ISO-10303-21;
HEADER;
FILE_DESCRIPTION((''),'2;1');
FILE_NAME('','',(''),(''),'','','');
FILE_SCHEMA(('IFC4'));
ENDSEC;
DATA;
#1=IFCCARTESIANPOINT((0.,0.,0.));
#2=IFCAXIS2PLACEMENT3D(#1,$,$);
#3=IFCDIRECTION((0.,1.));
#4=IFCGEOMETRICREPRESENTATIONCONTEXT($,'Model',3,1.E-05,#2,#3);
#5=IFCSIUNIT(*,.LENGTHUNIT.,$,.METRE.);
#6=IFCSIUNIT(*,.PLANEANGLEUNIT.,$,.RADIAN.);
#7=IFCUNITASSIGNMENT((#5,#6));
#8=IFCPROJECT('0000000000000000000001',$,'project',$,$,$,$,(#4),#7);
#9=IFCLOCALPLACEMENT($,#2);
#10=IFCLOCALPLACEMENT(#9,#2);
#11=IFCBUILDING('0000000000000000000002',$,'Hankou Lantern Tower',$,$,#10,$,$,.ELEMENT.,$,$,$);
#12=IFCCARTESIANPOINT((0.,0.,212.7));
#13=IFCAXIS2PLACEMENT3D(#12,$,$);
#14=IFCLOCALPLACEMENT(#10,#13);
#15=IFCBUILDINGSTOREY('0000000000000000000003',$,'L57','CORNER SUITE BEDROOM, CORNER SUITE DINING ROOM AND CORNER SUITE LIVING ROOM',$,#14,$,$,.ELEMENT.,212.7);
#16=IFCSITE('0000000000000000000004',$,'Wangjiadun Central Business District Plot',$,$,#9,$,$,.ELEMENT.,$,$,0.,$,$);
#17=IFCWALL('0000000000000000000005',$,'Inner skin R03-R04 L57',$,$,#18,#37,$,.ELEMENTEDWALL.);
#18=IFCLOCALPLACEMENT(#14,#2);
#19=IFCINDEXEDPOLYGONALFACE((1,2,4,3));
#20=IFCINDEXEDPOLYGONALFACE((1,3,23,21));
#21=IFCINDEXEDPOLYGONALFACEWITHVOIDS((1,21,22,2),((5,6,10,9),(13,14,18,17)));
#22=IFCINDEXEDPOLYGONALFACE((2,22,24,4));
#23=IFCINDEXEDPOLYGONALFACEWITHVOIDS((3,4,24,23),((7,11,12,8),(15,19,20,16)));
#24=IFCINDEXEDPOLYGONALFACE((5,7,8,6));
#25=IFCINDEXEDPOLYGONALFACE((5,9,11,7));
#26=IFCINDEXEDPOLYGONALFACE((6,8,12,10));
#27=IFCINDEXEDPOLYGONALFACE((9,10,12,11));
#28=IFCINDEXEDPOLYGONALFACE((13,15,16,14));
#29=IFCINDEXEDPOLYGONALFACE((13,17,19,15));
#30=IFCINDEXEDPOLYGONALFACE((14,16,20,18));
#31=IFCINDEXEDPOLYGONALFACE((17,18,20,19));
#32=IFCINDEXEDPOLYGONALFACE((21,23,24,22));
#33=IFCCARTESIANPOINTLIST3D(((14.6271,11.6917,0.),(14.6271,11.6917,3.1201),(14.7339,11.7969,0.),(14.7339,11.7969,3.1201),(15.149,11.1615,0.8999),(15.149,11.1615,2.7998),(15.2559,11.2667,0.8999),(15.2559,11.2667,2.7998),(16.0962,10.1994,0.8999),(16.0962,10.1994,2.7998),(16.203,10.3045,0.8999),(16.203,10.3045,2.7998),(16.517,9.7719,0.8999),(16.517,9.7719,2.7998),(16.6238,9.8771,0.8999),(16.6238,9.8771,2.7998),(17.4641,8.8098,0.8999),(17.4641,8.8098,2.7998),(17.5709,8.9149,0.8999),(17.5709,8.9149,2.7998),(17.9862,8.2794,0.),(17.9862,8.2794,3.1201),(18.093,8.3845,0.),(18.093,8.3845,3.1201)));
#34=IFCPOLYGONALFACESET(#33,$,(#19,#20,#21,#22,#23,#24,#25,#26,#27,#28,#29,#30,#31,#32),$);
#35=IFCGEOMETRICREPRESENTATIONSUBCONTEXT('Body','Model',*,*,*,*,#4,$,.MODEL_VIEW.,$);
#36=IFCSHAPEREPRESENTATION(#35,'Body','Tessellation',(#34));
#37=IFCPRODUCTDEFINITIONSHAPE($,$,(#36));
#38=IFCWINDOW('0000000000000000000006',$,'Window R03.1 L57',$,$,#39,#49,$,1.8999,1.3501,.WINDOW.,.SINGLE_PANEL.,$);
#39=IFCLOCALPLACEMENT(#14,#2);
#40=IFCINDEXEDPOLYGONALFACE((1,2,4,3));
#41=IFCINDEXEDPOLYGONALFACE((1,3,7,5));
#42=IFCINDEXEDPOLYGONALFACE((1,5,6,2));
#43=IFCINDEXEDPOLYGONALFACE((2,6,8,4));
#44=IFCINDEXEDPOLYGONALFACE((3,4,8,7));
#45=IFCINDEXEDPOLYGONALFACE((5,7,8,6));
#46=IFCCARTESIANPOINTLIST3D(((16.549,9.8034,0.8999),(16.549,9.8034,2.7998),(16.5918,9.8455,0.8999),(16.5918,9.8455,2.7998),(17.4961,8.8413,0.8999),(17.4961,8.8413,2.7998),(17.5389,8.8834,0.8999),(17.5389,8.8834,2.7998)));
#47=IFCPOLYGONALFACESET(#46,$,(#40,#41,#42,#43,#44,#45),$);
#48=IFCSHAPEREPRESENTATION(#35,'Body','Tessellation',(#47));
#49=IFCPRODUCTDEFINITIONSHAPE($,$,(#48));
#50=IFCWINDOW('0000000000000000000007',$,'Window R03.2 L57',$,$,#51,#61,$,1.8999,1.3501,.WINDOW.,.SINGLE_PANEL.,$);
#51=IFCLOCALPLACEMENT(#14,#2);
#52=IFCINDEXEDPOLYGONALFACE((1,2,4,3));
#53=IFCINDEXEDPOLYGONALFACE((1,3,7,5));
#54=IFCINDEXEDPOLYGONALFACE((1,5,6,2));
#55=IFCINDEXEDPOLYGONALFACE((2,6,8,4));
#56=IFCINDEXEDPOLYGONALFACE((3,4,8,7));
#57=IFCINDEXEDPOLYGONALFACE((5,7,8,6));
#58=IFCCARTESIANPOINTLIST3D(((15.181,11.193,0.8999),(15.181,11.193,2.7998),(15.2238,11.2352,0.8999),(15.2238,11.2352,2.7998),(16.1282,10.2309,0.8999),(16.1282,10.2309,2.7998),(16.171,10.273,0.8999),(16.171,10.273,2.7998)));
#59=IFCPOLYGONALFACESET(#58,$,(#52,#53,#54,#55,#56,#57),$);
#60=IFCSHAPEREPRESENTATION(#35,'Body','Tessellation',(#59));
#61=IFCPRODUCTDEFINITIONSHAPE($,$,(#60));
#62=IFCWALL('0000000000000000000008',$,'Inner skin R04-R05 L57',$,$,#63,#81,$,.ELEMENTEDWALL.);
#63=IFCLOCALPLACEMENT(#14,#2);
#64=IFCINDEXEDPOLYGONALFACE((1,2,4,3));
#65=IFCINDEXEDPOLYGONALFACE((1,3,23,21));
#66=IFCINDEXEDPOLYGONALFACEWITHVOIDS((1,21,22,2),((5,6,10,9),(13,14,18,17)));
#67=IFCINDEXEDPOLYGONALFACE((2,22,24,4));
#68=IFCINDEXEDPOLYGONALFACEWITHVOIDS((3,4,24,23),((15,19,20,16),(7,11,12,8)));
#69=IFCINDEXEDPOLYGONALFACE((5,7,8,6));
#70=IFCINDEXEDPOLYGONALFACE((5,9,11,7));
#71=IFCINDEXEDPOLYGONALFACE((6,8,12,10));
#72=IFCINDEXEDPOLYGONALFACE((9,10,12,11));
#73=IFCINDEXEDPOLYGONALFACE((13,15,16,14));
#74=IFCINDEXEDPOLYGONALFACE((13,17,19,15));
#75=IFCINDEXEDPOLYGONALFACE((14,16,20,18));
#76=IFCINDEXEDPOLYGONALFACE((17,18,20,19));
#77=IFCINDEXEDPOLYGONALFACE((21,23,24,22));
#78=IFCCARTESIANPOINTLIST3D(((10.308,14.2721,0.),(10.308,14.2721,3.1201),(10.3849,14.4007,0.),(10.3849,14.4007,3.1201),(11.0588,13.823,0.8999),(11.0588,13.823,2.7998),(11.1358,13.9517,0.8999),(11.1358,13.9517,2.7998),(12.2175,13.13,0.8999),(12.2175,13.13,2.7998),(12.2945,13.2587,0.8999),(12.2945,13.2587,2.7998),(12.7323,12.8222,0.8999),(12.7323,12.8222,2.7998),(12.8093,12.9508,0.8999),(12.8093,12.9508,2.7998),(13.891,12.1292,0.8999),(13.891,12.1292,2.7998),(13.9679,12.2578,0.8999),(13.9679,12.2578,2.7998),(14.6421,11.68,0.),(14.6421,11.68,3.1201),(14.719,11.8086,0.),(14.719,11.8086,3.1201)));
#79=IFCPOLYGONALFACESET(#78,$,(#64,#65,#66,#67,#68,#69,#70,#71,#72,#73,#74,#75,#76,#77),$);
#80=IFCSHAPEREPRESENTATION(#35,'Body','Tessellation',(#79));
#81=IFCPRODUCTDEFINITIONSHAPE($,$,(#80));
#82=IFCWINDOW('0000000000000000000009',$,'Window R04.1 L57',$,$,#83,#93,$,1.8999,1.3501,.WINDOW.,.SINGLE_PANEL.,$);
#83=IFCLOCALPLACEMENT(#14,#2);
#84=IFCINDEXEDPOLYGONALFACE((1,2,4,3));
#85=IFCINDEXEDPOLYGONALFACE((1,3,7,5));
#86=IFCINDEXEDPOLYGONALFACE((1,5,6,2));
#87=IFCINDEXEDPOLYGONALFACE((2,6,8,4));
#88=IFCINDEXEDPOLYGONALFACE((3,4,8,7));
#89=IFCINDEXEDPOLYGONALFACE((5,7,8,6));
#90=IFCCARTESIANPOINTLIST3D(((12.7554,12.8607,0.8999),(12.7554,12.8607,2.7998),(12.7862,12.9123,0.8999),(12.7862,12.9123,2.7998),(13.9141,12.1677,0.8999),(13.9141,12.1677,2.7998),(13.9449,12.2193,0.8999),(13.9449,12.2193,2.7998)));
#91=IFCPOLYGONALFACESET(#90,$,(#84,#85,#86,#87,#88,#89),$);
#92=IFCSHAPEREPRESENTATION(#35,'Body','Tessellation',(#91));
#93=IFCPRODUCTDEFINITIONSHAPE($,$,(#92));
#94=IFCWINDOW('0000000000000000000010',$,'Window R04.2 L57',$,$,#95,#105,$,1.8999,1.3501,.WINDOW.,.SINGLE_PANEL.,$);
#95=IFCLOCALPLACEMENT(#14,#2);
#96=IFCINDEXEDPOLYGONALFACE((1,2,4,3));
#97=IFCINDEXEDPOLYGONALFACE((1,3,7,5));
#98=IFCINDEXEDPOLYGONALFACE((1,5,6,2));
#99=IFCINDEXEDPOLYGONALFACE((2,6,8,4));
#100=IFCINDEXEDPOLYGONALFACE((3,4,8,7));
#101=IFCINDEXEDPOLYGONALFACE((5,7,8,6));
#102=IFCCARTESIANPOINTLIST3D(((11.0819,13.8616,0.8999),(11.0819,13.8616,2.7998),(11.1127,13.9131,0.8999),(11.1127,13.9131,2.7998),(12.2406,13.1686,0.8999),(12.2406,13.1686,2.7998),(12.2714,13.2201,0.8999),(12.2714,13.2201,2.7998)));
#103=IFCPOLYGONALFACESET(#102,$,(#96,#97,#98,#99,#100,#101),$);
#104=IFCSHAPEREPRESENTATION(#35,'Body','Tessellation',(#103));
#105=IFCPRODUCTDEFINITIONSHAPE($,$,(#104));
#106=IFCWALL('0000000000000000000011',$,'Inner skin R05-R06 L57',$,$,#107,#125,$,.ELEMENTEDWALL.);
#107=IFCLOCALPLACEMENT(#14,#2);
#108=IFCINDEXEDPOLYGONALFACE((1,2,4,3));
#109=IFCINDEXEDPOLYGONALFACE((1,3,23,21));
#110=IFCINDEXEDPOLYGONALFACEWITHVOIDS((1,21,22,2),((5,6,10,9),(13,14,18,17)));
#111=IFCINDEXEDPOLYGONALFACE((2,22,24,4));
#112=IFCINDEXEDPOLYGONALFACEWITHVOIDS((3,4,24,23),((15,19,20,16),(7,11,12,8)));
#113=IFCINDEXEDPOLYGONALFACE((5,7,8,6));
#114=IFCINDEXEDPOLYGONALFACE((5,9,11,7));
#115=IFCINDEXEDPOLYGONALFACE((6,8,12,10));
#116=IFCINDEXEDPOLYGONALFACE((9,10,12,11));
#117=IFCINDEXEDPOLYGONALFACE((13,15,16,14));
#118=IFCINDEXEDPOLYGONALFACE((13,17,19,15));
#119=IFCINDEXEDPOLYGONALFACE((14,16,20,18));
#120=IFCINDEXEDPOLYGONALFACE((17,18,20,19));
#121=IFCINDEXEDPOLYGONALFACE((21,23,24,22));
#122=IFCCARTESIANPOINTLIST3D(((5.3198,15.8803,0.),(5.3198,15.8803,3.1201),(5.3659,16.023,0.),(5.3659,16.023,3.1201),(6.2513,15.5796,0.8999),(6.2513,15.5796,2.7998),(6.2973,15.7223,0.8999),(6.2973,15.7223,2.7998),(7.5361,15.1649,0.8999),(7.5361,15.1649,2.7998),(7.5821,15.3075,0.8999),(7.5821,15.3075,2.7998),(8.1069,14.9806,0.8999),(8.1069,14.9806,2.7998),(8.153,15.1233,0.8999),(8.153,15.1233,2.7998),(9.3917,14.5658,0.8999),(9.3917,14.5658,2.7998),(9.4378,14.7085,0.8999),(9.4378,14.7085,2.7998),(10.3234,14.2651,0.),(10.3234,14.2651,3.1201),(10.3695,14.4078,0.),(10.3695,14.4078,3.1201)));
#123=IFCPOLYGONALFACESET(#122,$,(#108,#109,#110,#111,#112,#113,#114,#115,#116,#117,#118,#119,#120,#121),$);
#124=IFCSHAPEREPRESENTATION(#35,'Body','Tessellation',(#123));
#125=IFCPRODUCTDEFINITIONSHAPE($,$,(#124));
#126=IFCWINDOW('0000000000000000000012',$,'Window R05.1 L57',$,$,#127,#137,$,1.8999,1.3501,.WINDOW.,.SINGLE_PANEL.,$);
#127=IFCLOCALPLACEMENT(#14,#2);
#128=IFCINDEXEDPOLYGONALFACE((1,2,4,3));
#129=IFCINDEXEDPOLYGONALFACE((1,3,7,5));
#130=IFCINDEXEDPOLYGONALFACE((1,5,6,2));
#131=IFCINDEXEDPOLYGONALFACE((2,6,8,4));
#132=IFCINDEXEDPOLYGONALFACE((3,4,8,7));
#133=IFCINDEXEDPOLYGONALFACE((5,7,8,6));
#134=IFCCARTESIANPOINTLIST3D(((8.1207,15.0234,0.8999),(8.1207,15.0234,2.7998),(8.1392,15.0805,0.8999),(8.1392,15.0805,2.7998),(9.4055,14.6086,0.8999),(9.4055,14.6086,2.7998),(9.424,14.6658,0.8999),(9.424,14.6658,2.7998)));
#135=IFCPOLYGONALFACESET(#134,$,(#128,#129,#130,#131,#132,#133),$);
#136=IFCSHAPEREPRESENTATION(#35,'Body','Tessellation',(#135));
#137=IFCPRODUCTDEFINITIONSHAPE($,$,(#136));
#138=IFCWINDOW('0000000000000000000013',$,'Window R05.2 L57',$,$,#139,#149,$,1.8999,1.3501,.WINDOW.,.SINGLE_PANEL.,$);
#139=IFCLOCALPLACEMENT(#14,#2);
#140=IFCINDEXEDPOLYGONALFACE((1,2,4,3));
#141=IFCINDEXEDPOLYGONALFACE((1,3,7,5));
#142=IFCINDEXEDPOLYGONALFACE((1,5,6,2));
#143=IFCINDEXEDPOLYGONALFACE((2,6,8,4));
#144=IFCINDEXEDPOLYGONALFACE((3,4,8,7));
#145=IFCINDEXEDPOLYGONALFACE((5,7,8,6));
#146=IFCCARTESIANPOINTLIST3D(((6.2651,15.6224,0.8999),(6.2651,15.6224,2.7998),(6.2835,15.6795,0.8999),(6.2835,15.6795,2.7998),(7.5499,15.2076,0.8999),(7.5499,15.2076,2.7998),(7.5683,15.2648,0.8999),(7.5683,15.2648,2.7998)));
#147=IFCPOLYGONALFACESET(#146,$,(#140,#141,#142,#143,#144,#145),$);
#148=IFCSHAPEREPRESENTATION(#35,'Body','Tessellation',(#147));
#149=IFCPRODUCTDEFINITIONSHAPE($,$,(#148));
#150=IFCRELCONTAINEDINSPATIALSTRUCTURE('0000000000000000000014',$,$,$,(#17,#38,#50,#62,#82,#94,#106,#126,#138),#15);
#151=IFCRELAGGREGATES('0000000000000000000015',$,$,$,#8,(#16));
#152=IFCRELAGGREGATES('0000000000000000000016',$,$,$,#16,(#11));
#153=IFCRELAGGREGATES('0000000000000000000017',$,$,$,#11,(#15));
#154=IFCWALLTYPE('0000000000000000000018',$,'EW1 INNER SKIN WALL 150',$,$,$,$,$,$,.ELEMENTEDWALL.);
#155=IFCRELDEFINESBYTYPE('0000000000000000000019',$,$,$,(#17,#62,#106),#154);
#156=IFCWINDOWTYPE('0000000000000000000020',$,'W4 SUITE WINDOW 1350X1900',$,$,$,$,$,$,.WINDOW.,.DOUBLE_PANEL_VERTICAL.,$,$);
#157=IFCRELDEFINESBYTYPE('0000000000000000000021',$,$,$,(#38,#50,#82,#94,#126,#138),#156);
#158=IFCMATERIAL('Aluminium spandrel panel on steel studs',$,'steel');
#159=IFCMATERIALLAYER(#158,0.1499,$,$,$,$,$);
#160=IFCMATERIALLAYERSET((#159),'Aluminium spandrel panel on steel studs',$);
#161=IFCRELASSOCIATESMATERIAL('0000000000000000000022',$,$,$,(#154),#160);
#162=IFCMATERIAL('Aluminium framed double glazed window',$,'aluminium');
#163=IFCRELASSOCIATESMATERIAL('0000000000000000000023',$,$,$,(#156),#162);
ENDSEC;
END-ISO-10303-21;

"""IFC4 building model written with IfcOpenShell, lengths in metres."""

from ifc_helpers import new_model, si_unit, direction, frame, frame_2d, origin, place, context, subcontext, project, spatial, rectangle, extrude, material, layer, layer_set, type_object, element, fill, save


model = new_model("IFC4")

# Units and contexts
model_context = context("Model", 3, precision=1e-05, world=origin(), true_north=direction((0.0, 1.0)))
body_context = subcontext(model_context, "Body", "Model", "MODEL_VIEW")
ifc_project = project(units=[si_unit("LENGTHUNIT", "METRE"), si_unit("PLANEANGLEUNIT", "RADIAN")], contexts=[model_context])

# Site, building, storey
site_placement = place(None, origin())
site = spatial("IfcSite", under=ifc_project, at=site_placement, Name="Wangjiadun Central Business District Plot", CompositionType="ELEMENT", RefElevation=0.0)
building_placement = place(site_placement, origin())
building = spatial("IfcBuilding", under=site, at=building_placement, Name="Hankou Lantern Tower", CompositionType="ELEMENT")
storey_placement = place(building_placement, frame((0.0, 0.0, 212.7)))
storey = spatial("IfcBuildingStorey", under=building, at=storey_placement, Name="L57", Description="CORNER SUITE BEDROOM, CORNER SUITE DINING ROOM AND CORNER SUITE LIVING ROOM", CompositionType="ELEMENT", Elevation=212.7)

# Walls, openings, windows
ifc_material_1 = material(Name="Aluminium spandrel panel on steel studs", Category="steel")
ifc_layer_1 = layer(ifc_material_1, 0.1499)
ifc_layer_set_1 = layer_set([ifc_layer_1], Name="Aluminium spandrel panel on steel studs")
wall_type_1 = type_object("IfcWallType", Name="EW1 INNER SKIN WALL 150", PredefinedType="ELEMENTEDWALL", material=ifc_layer_set_1)
wall_1_placement = place(storey_placement, frame((18.0396, 8.332, 0.0), z_axis=(0.0, 0.0, 1.0), x_axis=(-0.701527, 0.712643, 0.0)))
wall_1 = element("IfcWall", 1, at=wall_1_placement, inside=storey, type_object=wall_type_1, Name="Inner skin R03-R04 L57", PredefinedType="ELEMENTEDWALL", context=body_context, shape_type="SweptSolid", body=[
    extrude(rectangle(XDim=4.7883, YDim=0.1499, at=frame_2d((2.394, 0.0))), origin(), (0.0, 0.0, 1.0), 3.1201),
])
opening_1_placement = place(wall_1_placement, frame((0.7441, 0.0, 0.8999)))
opening_1 = element("IfcOpeningElement", 2, at=opening_1_placement, cuts=wall_1, PredefinedType="OPENING", context=body_context, shape_type="SweptSolid", body=[
    extrude(rectangle(XDim=1.3501, YDim=1.8999, at=frame_2d((0.675, 0.95))), frame((0.0, 0.085, 0.0), z_axis=(0.0, -1.0, 0.0), x_axis=(1.0, 0.0, 0.0)), (0.0, 0.0, 1.0), 0.1699),
])
opening_2_placement = place(wall_1_placement, frame((2.6941, 0.0, 0.8999)))
opening_2 = element("IfcOpeningElement", 3, at=opening_2_placement, cuts=wall_1, PredefinedType="OPENING", context=body_context, shape_type="SweptSolid", body=[
    extrude(rectangle(XDim=1.3501, YDim=1.8999, at=frame_2d((0.675, 0.95))), frame((0.0, 0.085, 0.0), z_axis=(0.0, -1.0, 0.0), x_axis=(1.0, 0.0, 0.0)), (0.0, 0.0, 1.0), 0.1699),
])
ifc_material_2 = material(Name="Aluminium framed double glazed window", Category="aluminium")
window_type = type_object("IfcWindowType", Name="W4 SUITE WINDOW 1350X1900", PartitioningType="DOUBLE_PANEL_VERTICAL", PredefinedType="WINDOW", material=ifc_material_2)
window_1_placement = place(opening_1_placement, origin())
window_1 = element("IfcWindow", 4, at=window_1_placement, inside=storey, type_object=window_type, Name="Window R03.1 L57", OverallHeight=1.8999, OverallWidth=1.3501, PartitioningType="SINGLE_PANEL", PredefinedType="WINDOW", context=body_context, shape_type="SweptSolid", body=[
    extrude(rectangle(XDim=1.3501, YDim=1.8999, at=frame_2d((0.675, 0.95))), frame((0.0, 0.03, 0.0), z_axis=(0.0, -1.0, 0.0), x_axis=(1.0, 0.0, 0.0)), (0.0, 0.0, 1.0), 0.0601),
])
fill(opening_1, window_1)
window_2_placement = place(opening_2_placement, origin())
window_2 = element("IfcWindow", 5, at=window_2_placement, inside=storey, type_object=window_type, Name="Window R03.2 L57", OverallHeight=1.8999, OverallWidth=1.3501, PartitioningType="SINGLE_PANEL", PredefinedType="WINDOW", context=body_context, shape_type="SweptSolid", body=[
    extrude(rectangle(XDim=1.3501, YDim=1.8999, at=frame_2d((0.675, 0.95))), frame((0.0, 0.03, 0.0), z_axis=(0.0, -1.0, 0.0), x_axis=(1.0, 0.0, 0.0)), (0.0, 0.0, 1.0), 0.0601),
])
fill(opening_2, window_2)
wall_2_placement = place(storey_placement, frame((14.6804, 11.7444, 0.0), z_axis=(0.0, 0.0, 1.0), x_axis=(-0.858222, 0.51328, 0.0)))
wall_2 = element("IfcWall", 6, at=wall_2_placement, inside=storey, type_object=wall_type_1, Name="Inner skin R04-R05 L57", PredefinedType="ELEMENTEDWALL", context=body_context, shape_type="SweptSolid", body=[
    extrude(rectangle(XDim=5.05, YDim=0.1499, at=frame_2d((2.5249, 0.0))), origin(), (0.0, 0.0, 1.0), 3.1201),
])
opening_3_placement = place(wall_2_placement, frame((0.875, 0.0, 0.8999)))
opening_3 = element("IfcOpeningElement", 7, at=opening_3_placement, cuts=wall_2, PredefinedType="OPENING", context=body_context, shape_type="SweptSolid", body=[
    extrude(rectangle(XDim=1.3501, YDim=1.8999, at=frame_2d((0.675, 0.95))), frame((0.0, 0.085, 0.0), z_axis=(0.0, -1.0, 0.0), x_axis=(1.0, 0.0, 0.0)), (0.0, 0.0, 1.0), 0.1699),
])
opening_4_placement = place(wall_2_placement, frame((2.825, 0.0, 0.8999)))
opening_4 = element("IfcOpeningElement", 8, at=opening_4_placement, cuts=wall_2, PredefinedType="OPENING", context=body_context, shape_type="SweptSolid", body=[
    extrude(rectangle(XDim=1.3501, YDim=1.8999, at=frame_2d((0.675, 0.95))), frame((0.0, 0.085, 0.0), z_axis=(0.0, -1.0, 0.0), x_axis=(1.0, 0.0, 0.0)), (0.0, 0.0, 1.0), 0.1699),
])
window_3_placement = place(opening_3_placement, origin())
window_3 = element("IfcWindow", 9, at=window_3_placement, inside=storey, type_object=window_type, Name="Window R04.1 L57", OverallHeight=1.8999, OverallWidth=1.3501, PartitioningType="SINGLE_PANEL", PredefinedType="WINDOW", context=body_context, shape_type="SweptSolid", body=[
    extrude(rectangle(XDim=1.3501, YDim=1.8999, at=frame_2d((0.675, 0.95))), frame((0.0, 0.03, 0.0), z_axis=(0.0, -1.0, 0.0), x_axis=(1.0, 0.0, 0.0)), (0.0, 0.0, 1.0), 0.0601),
])
fill(opening_3, window_3)
window_4_placement = place(opening_4_placement, origin())
window_4 = element("IfcWindow", 10, at=window_4_placement, inside=storey, type_object=window_type, Name="Window R04.2 L57", OverallHeight=1.8999, OverallWidth=1.3501, PartitioningType="SINGLE_PANEL", PredefinedType="WINDOW", context=body_context, shape_type="SweptSolid", body=[
    extrude(rectangle(XDim=1.3501, YDim=1.8999, at=frame_2d((0.675, 0.95))), frame((0.0, 0.03, 0.0), z_axis=(0.0, -1.0, 0.0), x_axis=(1.0, 0.0, 0.0)), (0.0, 0.0, 1.0), 0.0601),
])
fill(opening_4, window_4)
wall_3_placement = place(storey_placement, frame((10.3464, 14.3364, 0.0), z_axis=(0.0, 0.0, 1.0), x_axis=(-0.951645, 0.307201, 0.0)))
wall_3 = element("IfcWall", 11, at=wall_3_placement, inside=storey, type_object=wall_type_1, Name="Inner skin R05-R06 L57", PredefinedType="ELEMENTEDWALL", context=body_context, shape_type="SweptSolid", body=[
    extrude(rectangle(XDim=5.2578, YDim=0.1499, at=frame_2d((2.6289, 0.0))), origin(), (0.0, 0.0, 1.0), 3.1201),
])
opening_5_placement = place(wall_3_placement, frame((0.979, 0.0, 0.8999)))
opening_5 = element("IfcOpeningElement", 12, at=opening_5_placement, cuts=wall_3, PredefinedType="OPENING", context=body_context, shape_type="SweptSolid", body=[
    extrude(rectangle(XDim=1.3501, YDim=1.8999, at=frame_2d((0.675, 0.95))), frame((0.0, 0.085, 0.0), z_axis=(0.0, -1.0, 0.0), x_axis=(1.0, 0.0, 0.0)), (0.0, 0.0, 1.0), 0.1699),
])
opening_6_placement = place(wall_3_placement, frame((2.929, 0.0, 0.8999)))
opening_6 = element("IfcOpeningElement", 13, at=opening_6_placement, cuts=wall_3, PredefinedType="OPENING", context=body_context, shape_type="SweptSolid", body=[
    extrude(rectangle(XDim=1.3501, YDim=1.8999, at=frame_2d((0.675, 0.95))), frame((0.0, 0.085, 0.0), z_axis=(0.0, -1.0, 0.0), x_axis=(1.0, 0.0, 0.0)), (0.0, 0.0, 1.0), 0.1699),
])
window_5_placement = place(opening_5_placement, origin())
window_5 = element("IfcWindow", 14, at=window_5_placement, inside=storey, type_object=window_type, Name="Window R05.1 L57", OverallHeight=1.8999, OverallWidth=1.3501, PartitioningType="SINGLE_PANEL", PredefinedType="WINDOW", context=body_context, shape_type="SweptSolid", body=[
    extrude(rectangle(XDim=1.3501, YDim=1.8999, at=frame_2d((0.675, 0.95))), frame((0.0, 0.03, 0.0), z_axis=(0.0, -1.0, 0.0), x_axis=(1.0, 0.0, 0.0)), (0.0, 0.0, 1.0), 0.0601),
])
fill(opening_5, window_5)
window_6_placement = place(opening_6_placement, origin())
window_6 = element("IfcWindow", 15, at=window_6_placement, inside=storey, type_object=window_type, Name="Window R05.2 L57", OverallHeight=1.8999, OverallWidth=1.3501, PartitioningType="SINGLE_PANEL", PredefinedType="WINDOW", context=body_context, shape_type="SweptSolid", body=[
    extrude(rectangle(XDim=1.3501, YDim=1.8999, at=frame_2d((0.675, 0.95))), frame((0.0, 0.03, 0.0), z_axis=(0.0, -1.0, 0.0), x_axis=(1.0, 0.0, 0.0)), (0.0, 0.0, 1.0), 0.0601),
])
fill(opening_6, window_6)

save(model, "model.ifc")
